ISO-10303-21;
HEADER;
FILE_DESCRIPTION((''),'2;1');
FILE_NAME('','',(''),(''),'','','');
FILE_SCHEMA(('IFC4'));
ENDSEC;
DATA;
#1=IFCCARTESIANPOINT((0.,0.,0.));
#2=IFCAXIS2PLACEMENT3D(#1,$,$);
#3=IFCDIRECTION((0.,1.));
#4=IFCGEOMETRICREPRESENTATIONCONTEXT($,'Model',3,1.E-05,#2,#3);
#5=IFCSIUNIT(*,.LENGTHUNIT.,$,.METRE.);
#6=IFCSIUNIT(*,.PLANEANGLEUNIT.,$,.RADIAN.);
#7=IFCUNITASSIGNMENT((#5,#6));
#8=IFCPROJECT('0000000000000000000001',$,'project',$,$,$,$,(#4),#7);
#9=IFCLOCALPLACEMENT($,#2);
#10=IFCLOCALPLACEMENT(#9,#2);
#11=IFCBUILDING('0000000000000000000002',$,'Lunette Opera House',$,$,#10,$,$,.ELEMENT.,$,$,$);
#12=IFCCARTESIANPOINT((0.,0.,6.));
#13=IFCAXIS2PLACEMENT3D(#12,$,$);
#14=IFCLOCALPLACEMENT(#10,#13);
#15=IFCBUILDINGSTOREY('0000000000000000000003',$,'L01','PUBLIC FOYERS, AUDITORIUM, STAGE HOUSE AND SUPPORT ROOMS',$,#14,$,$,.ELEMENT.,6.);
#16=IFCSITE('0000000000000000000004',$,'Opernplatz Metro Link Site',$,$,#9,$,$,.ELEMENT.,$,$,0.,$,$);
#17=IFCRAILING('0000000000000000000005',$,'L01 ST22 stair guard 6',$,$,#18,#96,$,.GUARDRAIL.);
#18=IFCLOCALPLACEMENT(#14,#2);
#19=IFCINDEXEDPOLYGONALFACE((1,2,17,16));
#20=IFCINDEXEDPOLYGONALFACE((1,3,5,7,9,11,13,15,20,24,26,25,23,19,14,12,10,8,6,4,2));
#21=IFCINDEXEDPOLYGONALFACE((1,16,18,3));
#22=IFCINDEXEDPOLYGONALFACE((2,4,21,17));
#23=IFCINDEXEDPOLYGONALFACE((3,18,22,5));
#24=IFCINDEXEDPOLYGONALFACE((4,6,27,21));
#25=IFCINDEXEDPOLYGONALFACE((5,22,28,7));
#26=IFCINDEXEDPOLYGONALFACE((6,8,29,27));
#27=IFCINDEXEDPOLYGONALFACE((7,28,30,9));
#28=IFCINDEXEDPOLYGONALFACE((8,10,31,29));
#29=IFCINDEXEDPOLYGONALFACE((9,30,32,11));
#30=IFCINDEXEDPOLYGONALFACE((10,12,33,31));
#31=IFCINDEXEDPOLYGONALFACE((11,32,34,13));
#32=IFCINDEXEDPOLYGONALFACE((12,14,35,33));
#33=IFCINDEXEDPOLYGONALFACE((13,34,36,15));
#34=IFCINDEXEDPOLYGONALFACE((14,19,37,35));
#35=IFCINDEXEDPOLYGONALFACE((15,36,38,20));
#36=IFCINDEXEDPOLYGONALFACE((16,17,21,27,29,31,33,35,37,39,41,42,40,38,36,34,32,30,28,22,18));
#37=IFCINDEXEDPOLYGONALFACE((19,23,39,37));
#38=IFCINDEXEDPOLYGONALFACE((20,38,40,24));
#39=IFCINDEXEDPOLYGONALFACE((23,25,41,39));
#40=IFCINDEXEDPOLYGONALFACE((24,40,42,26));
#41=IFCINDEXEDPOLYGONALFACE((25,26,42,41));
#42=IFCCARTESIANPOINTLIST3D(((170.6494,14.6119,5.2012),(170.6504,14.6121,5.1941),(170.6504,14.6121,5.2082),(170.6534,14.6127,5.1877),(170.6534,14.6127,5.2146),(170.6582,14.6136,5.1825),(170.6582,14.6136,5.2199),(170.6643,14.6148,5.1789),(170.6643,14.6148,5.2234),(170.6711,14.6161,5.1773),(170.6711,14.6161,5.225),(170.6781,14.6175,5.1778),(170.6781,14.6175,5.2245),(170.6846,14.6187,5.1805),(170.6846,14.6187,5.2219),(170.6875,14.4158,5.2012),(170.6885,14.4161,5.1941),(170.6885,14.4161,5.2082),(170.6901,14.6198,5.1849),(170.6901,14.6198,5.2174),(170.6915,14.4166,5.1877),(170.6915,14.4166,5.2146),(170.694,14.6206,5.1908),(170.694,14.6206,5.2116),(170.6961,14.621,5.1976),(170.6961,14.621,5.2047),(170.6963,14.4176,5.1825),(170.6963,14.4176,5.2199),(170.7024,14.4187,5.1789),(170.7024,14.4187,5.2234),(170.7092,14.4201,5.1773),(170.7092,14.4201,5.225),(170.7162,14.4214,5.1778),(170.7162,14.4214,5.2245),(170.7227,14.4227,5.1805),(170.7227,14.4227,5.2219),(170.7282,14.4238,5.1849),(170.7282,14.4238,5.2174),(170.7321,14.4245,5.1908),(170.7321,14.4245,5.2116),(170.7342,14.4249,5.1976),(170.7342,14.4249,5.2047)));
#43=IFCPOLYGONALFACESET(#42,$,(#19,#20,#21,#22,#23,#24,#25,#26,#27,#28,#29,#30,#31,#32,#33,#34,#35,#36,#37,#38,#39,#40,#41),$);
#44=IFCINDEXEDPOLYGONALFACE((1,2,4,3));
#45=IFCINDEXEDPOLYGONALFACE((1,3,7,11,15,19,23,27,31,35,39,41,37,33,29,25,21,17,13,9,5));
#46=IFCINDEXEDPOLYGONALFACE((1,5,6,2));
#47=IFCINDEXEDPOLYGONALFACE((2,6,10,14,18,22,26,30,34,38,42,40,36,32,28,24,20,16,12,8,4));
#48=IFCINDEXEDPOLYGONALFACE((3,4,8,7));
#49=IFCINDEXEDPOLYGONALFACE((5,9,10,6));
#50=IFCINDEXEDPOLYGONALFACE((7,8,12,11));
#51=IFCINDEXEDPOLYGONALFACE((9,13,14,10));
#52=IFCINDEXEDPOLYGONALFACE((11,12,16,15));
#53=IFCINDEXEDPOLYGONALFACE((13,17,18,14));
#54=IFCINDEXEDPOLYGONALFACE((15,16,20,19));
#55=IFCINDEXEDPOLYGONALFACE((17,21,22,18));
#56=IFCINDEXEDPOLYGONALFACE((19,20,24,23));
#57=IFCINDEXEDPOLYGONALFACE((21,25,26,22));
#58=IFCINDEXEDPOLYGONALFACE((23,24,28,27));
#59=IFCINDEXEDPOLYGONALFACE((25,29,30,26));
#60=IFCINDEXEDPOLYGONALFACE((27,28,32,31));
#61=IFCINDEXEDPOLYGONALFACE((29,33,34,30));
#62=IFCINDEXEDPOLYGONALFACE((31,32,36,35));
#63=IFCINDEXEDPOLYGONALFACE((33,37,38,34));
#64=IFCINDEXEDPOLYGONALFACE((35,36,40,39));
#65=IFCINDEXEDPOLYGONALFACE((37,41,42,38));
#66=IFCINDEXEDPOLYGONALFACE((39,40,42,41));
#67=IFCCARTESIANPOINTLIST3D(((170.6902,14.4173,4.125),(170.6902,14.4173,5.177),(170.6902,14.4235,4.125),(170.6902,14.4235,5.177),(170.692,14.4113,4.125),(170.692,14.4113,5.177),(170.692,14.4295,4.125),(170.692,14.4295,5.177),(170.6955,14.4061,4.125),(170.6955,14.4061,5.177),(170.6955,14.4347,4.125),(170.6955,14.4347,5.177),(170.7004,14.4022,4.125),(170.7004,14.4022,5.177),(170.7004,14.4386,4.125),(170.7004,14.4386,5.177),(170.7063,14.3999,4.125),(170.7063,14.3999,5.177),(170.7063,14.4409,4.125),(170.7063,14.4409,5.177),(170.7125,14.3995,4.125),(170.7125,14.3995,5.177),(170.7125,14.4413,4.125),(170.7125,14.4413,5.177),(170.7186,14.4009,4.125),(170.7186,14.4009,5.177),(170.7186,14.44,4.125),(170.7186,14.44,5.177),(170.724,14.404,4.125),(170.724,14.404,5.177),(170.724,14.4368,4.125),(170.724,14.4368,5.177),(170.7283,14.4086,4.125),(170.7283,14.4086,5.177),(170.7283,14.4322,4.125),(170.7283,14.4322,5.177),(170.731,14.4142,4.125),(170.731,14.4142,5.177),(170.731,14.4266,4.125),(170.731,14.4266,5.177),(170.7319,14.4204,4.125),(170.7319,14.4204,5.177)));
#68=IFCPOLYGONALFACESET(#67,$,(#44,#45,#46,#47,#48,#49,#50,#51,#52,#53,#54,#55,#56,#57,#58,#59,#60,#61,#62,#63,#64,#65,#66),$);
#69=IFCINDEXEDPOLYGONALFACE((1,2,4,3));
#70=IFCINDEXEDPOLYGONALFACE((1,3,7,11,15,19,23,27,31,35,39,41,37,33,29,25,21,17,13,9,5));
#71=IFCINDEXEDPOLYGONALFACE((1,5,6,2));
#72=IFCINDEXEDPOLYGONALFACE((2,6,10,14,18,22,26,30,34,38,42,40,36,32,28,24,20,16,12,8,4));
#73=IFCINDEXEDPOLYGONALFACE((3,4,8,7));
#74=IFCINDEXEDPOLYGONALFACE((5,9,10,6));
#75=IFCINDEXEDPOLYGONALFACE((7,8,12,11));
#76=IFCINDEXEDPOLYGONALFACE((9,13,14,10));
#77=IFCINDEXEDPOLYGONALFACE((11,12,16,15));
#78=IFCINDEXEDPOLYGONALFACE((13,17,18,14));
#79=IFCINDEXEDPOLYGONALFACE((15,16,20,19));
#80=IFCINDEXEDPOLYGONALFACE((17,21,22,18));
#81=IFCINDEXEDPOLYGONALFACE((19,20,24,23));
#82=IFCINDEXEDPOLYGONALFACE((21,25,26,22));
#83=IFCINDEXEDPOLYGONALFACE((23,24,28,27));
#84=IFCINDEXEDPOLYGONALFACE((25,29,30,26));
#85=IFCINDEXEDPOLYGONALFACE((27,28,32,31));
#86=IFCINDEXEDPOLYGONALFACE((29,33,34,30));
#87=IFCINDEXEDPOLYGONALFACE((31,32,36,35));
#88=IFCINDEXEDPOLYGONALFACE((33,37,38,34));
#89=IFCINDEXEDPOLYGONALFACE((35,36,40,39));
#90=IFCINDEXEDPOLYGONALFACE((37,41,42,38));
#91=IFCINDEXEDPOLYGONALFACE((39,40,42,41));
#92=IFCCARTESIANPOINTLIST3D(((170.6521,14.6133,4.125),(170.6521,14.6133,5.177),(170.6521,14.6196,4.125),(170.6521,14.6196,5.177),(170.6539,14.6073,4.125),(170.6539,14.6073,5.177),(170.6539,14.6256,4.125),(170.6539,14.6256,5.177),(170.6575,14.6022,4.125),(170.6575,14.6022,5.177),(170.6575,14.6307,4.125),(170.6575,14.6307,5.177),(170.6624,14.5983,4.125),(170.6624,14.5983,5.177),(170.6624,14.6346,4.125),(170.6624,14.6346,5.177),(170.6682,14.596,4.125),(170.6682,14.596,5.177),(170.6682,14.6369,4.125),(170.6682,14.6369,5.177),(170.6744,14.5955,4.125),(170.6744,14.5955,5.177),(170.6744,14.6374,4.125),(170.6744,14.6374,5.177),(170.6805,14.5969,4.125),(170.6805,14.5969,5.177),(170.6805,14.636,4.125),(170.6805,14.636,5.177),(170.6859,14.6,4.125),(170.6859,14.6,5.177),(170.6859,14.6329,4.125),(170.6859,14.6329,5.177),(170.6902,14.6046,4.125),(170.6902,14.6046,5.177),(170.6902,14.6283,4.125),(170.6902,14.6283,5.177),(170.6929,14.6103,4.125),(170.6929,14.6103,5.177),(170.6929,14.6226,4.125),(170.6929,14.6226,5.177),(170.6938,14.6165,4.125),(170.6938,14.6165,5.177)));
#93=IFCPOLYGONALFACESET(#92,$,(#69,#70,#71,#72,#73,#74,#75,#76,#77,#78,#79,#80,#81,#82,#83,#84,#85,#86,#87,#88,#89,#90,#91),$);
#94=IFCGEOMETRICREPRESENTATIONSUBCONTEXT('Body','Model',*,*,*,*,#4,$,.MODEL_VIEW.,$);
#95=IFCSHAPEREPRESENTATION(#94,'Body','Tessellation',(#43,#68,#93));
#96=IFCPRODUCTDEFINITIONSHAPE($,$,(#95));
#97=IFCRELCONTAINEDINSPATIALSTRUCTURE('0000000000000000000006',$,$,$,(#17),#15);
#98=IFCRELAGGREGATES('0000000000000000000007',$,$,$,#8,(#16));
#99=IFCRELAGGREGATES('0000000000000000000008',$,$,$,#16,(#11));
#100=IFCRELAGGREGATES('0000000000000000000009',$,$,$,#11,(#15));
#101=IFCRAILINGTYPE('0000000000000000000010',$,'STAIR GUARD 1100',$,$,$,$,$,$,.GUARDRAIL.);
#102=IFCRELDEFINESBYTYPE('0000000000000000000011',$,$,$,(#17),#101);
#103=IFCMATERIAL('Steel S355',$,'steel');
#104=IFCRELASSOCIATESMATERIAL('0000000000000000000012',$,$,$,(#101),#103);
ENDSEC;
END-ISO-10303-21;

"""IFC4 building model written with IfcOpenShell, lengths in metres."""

from ifc_helpers import new_model, si_unit, direction, frame, origin, origin_2d, place, context, subcontext, project, spatial, circle, extrude, material, type_object, element, save


model = new_model("IFC4")

# Units and contexts
model_context = context("Model", 3, precision=1e-05, world=origin(), true_north=direction((0.0, 1.0)))
body_context = subcontext(model_context, "Body", "Model", "MODEL_VIEW")
ifc_project = project(units=[si_unit("LENGTHUNIT", "METRE"), si_unit("PLANEANGLEUNIT", "RADIAN")], contexts=[model_context])

# Site, building, storey
site_placement = place(None, origin())
site = spatial("IfcSite", under=ifc_project, at=site_placement, Name="Opernplatz Metro Link Site", CompositionType="ELEMENT", RefElevation=0.0)
building_placement = place(site_placement, origin())
building = spatial("IfcBuilding", under=site, at=building_placement, Name="Lunette Opera House", CompositionType="ELEMENT")
storey_placement = place(building_placement, frame((0.0, 0.0, 6.0)))
storey = spatial("IfcBuildingStorey", under=building, at=storey_placement, Name="L01", Description="PUBLIC FOYERS, AUDITORIUM, STAGE HOUSE AND SUPPORT ROOMS", CompositionType="ELEMENT", Elevation=6.0)

# Railing
ifc_material_1 = material(Name="Steel S355", Category="steel")
railing_type_1 = type_object("IfcRailingType", Name="STAIR GUARD 1100", PredefinedType="GUARDRAIL", material=ifc_material_1)
railing_1_placement = place(storey_placement, frame((170.7109, 14.4204, 4.125)))
element("IfcRailing", 1, at=railing_1_placement, inside=storey, type_object=railing_type_1, Name="L01 ST22 stair guard 6", PredefinedType="GUARDRAIL", context=body_context, shape_type="SweptSolid", body=[
    extrude(circle(Radius=0.0239, at=origin_2d()), frame((0.0, 0.0, 1.0762), z_axis=(-0.190706, 0.981647, 0.0), x_axis=(-0.981647, -0.190706, 0.0)), (0.0, 0.0, 1.0), 0.1997),
    extrude(circle(Radius=0.021, at=origin_2d()), origin(), (0.0, 0.0, 1.0), 1.052),
    extrude(circle(Radius=0.021, at=origin_2d()), frame((-0.0381, 0.196, 0.0)), (0.0, 0.0, 1.0), 1.052),
])

save(model, "model.ifc")
